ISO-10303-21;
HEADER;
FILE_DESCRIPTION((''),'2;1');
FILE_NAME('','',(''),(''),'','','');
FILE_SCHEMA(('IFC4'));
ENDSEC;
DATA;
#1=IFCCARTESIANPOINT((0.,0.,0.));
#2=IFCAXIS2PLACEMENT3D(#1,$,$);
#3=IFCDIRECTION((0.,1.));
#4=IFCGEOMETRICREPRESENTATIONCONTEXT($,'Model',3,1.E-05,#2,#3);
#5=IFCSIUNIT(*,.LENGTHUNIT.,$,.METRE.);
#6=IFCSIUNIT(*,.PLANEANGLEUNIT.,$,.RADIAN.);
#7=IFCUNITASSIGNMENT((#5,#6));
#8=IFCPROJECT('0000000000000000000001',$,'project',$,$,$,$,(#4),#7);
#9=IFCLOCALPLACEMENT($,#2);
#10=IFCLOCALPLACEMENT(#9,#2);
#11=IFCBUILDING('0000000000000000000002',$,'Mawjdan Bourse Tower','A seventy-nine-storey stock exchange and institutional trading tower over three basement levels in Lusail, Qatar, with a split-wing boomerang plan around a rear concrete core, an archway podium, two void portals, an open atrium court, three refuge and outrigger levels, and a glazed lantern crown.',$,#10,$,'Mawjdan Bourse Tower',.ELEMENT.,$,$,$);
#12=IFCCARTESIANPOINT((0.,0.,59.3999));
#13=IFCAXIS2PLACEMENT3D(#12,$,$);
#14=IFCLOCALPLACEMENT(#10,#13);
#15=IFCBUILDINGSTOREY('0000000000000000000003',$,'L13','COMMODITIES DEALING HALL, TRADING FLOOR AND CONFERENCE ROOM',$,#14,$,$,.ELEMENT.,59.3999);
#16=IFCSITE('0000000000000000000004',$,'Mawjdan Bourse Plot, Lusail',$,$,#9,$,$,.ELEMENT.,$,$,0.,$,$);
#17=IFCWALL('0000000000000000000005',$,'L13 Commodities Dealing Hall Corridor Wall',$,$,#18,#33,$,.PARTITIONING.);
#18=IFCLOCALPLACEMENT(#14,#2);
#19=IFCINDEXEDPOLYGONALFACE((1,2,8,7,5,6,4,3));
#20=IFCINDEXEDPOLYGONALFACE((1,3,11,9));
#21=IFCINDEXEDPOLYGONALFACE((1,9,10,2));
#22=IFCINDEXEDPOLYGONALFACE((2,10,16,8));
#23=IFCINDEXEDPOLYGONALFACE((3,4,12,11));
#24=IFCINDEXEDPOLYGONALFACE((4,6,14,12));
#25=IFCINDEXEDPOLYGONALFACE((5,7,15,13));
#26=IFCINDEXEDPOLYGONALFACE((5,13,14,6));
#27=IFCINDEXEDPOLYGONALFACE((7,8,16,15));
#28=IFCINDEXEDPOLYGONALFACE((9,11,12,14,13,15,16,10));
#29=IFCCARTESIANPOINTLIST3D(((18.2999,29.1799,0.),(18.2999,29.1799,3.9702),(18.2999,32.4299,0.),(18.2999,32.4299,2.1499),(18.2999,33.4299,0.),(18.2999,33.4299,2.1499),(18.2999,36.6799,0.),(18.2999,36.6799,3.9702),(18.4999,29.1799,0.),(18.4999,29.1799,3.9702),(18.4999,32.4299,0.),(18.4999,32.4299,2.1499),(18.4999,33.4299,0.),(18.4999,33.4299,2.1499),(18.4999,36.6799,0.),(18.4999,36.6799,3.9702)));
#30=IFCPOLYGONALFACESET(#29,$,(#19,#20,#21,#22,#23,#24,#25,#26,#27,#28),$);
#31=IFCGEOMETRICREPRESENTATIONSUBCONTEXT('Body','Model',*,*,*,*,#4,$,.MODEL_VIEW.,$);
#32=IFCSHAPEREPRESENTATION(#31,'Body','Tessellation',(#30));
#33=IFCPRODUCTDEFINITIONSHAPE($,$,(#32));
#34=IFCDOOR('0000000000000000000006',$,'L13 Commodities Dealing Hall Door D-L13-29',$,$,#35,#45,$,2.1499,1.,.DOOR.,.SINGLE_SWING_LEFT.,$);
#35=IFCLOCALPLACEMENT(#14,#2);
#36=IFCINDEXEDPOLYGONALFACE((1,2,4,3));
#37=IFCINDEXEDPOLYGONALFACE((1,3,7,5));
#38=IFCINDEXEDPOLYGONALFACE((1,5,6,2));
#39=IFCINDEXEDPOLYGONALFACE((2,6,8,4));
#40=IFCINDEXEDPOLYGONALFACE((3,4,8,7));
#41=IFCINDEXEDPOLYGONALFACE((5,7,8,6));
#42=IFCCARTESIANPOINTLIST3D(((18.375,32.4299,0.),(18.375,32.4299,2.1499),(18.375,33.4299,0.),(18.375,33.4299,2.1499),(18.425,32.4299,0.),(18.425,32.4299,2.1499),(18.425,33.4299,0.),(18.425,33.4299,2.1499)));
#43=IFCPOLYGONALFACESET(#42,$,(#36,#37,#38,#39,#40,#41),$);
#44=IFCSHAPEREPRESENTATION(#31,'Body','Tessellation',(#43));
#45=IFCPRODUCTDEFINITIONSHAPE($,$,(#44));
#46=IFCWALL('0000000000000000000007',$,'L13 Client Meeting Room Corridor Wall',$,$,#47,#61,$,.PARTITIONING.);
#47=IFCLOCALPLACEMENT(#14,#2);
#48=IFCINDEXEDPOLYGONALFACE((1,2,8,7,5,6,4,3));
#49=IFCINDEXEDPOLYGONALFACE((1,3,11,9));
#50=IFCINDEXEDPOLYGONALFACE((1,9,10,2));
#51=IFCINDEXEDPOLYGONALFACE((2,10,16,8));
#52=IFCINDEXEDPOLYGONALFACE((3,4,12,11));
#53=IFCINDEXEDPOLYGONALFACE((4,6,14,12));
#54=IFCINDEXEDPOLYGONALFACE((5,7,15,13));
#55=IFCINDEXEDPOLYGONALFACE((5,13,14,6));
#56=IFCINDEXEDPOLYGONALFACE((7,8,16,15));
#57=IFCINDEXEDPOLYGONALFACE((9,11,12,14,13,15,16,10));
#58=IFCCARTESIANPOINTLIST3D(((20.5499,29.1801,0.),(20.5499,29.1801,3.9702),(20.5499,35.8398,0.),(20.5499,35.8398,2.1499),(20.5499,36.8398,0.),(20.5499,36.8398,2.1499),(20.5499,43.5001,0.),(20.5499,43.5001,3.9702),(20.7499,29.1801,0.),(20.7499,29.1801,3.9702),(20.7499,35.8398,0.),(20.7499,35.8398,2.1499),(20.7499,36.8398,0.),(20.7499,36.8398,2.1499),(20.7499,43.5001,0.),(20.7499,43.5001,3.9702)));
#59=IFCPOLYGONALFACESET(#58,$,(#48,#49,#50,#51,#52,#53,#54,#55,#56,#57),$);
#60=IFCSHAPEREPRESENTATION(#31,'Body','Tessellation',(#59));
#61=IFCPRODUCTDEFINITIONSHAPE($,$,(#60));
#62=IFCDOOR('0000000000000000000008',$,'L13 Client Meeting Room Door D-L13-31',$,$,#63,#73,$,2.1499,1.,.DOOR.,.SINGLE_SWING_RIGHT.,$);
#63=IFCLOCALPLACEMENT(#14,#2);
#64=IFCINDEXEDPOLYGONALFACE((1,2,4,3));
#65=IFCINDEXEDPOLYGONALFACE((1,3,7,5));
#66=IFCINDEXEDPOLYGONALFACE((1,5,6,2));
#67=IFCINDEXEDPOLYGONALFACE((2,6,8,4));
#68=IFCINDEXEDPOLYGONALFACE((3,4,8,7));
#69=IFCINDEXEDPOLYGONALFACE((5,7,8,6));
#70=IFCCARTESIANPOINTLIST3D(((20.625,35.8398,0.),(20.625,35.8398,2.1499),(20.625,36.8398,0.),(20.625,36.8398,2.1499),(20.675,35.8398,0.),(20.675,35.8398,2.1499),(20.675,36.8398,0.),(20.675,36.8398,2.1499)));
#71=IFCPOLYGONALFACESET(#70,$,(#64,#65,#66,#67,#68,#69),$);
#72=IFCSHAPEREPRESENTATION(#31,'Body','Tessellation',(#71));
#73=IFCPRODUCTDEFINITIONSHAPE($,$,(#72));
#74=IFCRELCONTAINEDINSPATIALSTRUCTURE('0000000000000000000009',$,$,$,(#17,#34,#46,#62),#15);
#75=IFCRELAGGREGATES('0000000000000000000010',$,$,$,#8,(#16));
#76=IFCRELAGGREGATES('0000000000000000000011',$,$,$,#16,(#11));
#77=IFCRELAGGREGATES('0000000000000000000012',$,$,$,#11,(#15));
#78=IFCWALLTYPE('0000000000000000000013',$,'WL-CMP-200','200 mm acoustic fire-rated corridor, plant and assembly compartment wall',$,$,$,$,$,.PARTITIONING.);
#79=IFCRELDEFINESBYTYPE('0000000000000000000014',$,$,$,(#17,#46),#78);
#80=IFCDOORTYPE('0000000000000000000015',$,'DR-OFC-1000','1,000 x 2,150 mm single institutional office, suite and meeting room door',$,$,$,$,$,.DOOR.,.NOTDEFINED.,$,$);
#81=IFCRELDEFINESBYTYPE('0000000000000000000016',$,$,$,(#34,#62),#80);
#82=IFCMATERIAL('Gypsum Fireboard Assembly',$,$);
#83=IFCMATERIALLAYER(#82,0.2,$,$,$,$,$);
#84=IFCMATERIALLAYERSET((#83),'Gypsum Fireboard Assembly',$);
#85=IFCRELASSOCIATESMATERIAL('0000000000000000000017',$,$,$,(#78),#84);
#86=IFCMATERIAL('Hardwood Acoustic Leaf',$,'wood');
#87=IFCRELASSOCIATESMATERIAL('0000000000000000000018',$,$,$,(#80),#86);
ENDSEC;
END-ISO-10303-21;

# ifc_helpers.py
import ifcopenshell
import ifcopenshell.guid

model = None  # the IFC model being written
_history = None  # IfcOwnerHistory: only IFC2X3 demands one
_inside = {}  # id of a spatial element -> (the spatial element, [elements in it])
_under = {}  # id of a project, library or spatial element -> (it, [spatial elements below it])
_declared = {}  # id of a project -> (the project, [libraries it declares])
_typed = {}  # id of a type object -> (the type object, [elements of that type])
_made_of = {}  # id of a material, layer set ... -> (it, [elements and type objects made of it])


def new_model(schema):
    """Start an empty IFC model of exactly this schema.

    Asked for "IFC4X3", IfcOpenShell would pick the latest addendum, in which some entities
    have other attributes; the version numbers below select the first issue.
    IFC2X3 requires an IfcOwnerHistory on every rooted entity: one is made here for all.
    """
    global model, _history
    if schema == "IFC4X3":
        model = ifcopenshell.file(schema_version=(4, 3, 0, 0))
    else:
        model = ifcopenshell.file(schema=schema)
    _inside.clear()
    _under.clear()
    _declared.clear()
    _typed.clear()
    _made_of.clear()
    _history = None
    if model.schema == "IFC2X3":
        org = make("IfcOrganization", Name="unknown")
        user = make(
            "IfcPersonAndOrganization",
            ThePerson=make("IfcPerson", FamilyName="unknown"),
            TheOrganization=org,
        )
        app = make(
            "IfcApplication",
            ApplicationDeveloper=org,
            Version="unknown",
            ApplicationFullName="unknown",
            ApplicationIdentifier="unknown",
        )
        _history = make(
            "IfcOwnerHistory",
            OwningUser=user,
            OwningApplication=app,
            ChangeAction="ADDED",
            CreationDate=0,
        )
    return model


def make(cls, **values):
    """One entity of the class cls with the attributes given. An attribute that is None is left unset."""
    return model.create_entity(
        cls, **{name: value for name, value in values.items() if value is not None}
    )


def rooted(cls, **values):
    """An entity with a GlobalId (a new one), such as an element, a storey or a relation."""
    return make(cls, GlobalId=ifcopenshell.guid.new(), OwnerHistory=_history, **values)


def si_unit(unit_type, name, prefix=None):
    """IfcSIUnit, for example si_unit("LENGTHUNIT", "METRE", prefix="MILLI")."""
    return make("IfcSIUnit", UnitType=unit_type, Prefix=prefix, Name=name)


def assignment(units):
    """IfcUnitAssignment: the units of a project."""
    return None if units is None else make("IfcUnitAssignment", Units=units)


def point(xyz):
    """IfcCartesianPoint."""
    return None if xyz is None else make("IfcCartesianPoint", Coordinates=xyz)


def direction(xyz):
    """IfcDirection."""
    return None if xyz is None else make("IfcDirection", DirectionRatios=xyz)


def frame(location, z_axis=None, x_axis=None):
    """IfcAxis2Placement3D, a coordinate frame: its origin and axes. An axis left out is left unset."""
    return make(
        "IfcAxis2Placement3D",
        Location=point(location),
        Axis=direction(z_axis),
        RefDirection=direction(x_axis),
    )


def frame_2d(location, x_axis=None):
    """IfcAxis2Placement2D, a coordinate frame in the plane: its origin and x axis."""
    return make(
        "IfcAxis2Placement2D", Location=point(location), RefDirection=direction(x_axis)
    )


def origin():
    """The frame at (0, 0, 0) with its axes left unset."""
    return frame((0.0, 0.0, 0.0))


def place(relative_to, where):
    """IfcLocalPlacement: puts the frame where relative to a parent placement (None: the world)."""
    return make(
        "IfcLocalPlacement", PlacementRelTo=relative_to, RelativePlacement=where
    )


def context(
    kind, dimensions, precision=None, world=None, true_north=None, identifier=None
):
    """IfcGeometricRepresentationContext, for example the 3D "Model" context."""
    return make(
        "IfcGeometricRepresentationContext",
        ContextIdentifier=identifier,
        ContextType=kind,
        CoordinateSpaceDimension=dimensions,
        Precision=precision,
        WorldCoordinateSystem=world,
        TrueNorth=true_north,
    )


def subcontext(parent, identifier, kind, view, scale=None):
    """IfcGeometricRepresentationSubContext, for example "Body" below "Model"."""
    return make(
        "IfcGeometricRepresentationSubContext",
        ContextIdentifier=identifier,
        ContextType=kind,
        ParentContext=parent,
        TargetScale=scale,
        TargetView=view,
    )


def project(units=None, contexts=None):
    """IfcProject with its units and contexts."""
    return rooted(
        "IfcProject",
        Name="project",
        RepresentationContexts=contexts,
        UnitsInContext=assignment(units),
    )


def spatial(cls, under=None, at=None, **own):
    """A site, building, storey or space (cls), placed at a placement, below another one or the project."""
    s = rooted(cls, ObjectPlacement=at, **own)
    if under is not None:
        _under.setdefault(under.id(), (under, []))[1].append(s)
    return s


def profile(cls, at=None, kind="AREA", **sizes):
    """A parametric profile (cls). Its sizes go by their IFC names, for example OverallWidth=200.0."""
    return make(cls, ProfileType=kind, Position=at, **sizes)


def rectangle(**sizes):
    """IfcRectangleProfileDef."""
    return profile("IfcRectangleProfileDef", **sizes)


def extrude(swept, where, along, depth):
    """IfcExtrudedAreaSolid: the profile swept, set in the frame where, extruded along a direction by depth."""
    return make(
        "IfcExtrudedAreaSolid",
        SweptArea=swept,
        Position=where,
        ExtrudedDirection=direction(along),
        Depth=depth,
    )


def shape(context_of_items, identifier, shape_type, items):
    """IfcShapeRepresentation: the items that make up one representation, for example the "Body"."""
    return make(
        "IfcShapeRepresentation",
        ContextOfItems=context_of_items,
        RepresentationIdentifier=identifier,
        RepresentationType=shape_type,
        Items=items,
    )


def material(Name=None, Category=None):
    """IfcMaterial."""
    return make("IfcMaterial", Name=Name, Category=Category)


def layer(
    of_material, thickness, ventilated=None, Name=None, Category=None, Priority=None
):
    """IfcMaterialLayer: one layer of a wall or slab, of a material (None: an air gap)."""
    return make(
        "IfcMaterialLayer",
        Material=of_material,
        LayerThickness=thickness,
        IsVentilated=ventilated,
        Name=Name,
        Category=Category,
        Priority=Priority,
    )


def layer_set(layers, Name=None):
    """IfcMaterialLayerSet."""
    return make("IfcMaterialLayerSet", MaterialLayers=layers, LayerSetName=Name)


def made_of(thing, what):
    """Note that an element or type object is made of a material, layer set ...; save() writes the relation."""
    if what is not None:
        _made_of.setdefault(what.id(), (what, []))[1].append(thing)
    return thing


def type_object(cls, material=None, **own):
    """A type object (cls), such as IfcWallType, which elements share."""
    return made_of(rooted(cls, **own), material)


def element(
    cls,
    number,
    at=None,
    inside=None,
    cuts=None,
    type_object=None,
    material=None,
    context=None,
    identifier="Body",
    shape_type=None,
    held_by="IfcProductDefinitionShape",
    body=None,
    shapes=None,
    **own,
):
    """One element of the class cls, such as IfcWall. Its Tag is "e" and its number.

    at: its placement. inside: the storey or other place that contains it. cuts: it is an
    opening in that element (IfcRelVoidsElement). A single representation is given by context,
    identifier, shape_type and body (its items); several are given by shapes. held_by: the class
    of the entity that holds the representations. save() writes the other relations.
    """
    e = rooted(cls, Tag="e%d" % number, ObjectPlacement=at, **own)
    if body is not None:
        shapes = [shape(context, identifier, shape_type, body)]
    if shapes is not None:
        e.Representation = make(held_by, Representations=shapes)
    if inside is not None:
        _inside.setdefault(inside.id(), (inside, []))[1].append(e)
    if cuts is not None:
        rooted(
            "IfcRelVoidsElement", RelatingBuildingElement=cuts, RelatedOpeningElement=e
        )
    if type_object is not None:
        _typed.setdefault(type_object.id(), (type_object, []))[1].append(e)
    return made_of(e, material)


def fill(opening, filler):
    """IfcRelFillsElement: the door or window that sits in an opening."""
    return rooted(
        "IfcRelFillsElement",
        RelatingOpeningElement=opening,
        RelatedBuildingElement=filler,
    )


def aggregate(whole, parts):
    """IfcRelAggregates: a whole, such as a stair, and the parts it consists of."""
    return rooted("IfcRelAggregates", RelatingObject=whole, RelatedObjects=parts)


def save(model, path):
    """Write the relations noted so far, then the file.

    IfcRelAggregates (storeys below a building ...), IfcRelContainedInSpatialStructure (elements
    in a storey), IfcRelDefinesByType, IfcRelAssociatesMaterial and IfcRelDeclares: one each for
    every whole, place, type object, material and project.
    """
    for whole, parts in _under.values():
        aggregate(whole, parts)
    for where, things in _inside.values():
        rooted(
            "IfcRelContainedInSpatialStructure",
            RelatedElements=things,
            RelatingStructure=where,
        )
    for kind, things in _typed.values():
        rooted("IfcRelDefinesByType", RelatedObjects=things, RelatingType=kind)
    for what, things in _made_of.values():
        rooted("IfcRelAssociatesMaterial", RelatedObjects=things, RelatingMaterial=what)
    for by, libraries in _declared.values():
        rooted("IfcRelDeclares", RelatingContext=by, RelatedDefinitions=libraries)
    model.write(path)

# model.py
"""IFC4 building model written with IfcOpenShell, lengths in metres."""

from ifc_helpers import new_model, si_unit, direction, frame, frame_2d, origin, place, context, subcontext, project, spatial, rectangle, extrude, material, layer, layer_set, type_object, element, fill, save


model = new_model("IFC4")

# Units and contexts
model_context = context("Model", 3, precision=1e-05, world=origin(), true_north=direction((0.0, 1.0)))
body_context = subcontext(model_context, "Body", "Model", "MODEL_VIEW")
ifc_project = project(units=[si_unit("LENGTHUNIT", "METRE"), si_unit("PLANEANGLEUNIT", "RADIAN")], contexts=[model_context])

# Site, building, storey
site_placement = place(None, origin())
site = spatial("IfcSite", under=ifc_project, at=site_placement, Name="Mawjdan Bourse Plot, Lusail", CompositionType="ELEMENT", RefElevation=0.0)
building_placement = place(site_placement, origin())
building = spatial("IfcBuilding", under=site, at=building_placement, Name="Mawjdan Bourse Tower", Description="A seventy-nine-storey stock exchange and institutional trading tower over three basement levels in Lusail, Qatar, with a split-wing boomerang plan around a rear concrete core, an archway podium, two void portals, an open atrium court, three refuge and outrigger levels, and a glazed lantern crown.", LongName="Mawjdan Bourse Tower", CompositionType="ELEMENT")
storey_placement = place(building_placement, frame((0.0, 0.0, 59.3999)))
storey = spatial("IfcBuildingStorey", under=building, at=storey_placement, Name="L13", Description="COMMODITIES DEALING HALL, TRADING FLOOR AND CONFERENCE ROOM", CompositionType="ELEMENT", Elevation=59.3999)

# Shared definitions
ifc_material_1 = material(Name="Gypsum Fireboard Assembly")
ifc_layer = layer(ifc_material_1, 0.2)
ifc_layer_set = layer_set([ifc_layer], Name="Gypsum Fireboard Assembly")
wall_type = type_object("IfcWallType", Name="WL-CMP-200", Description="200 mm acoustic fire-rated corridor, plant and assembly compartment wall", PredefinedType="PARTITIONING", material=ifc_layer_set)
ifc_material_2 = material(Name="Hardwood Acoustic Leaf", Category="wood")
door_type = type_object("IfcDoorType", Name="DR-OFC-1000", Description="1,000 x 2,150 mm single institutional office, suite and meeting room door", OperationType="NOTDEFINED", PredefinedType="DOOR", material=ifc_material_2)

# Walls, openings, doors
wall_1_placement = place(storey_placement, frame((18.3999, 29.1799, 0.0), z_axis=(0.0, 0.0, 1.0), x_axis=(0.0, 1.0, 0.0)))
wall_1 = element("IfcWall", 1, at=wall_1_placement, inside=storey, type_object=wall_type, Name="L13 Commodities Dealing Hall Corridor Wall", PredefinedType="PARTITIONING", context=body_context, shape_type="SweptSolid", body=[
    extrude(rectangle(XDim=7.5, YDim=0.2, at=frame_2d((3.75, 0.0))), origin(), (0.0, 0.0, 1.0), 3.9702),
])
opening_1_placement = place(wall_1_placement, frame((3.25, 0.0, 0.0)))
opening_1 = element("IfcOpeningElement", 2, at=opening_1_placement, cuts=wall_1, PredefinedType="OPENING", context=body_context, shape_type="SweptSolid", body=[
    extrude(rectangle(XDim=1.0, YDim=2.1499, at=frame_2d((0.5, 1.075))), frame((0.0, 0.1099, 0.0), z_axis=(0.0, -1.0, 0.0), x_axis=(1.0, 0.0, 0.0)), (0.0, 0.0, 1.0), 0.22),
])
door_1_placement = place(opening_1_placement, origin())
door_1 = element("IfcDoor", 3, at=door_1_placement, inside=storey, type_object=door_type, Name="L13 Commodities Dealing Hall Door D-L13-29", OperationType="SINGLE_SWING_LEFT", OverallHeight=2.1499, OverallWidth=1.0, PredefinedType="DOOR", context=body_context, shape_type="SweptSolid", body=[
    extrude(rectangle(XDim=1.0, YDim=2.1499, at=frame_2d((0.5, 1.075))), frame((0.0, 0.0249, 0.0), z_axis=(0.0, -1.0, 0.0), x_axis=(1.0, 0.0, 0.0)), (0.0, 0.0, 1.0), 0.05),
])
fill(opening_1, door_1)
wall_2_placement = place(storey_placement, frame((20.6499, 29.1799, 0.0), z_axis=(0.0, 0.0, 1.0), x_axis=(0.0, 1.0, 0.0)))
wall_2 = element("IfcWall", 4, at=wall_2_placement, inside=storey, type_object=wall_type, Name="L13 Client Meeting Room Corridor Wall", PredefinedType="PARTITIONING", context=body_context, shape_type="SweptSolid", body=[
    extrude(rectangle(XDim=14.3201, YDim=0.2, at=frame_2d((7.1602, 0.0))), origin(), (0.0, 0.0, 1.0), 3.9702),
])
opening_2_placement = place(wall_2_placement, frame((6.6599, 0.0, 0.0)))
opening_2 = element("IfcOpeningElement", 5, at=opening_2_placement, cuts=wall_2, PredefinedType="OPENING", context=body_context, shape_type="SweptSolid", body=[
    extrude(rectangle(XDim=1.0, YDim=2.1499, at=frame_2d((0.5, 1.075))), frame((0.0, 0.1099, 0.0), z_axis=(0.0, -1.0, 0.0), x_axis=(1.0, 0.0, 0.0)), (0.0, 0.0, 1.0), 0.22),
])
door_2_placement = place(opening_2_placement, origin())
door_2 = element("IfcDoor", 6, at=door_2_placement, inside=storey, type_object=door_type, Name="L13 Client Meeting Room Door D-L13-31", OperationType="SINGLE_SWING_RIGHT", OverallHeight=2.1499, OverallWidth=1.0, PredefinedType="DOOR", context=body_context, shape_type="SweptSolid", body=[
    extrude(rectangle(XDim=1.0, YDim=2.1499, at=frame_2d((0.5, 1.075))), frame((0.0, 0.0249, 0.0), z_axis=(0.0, -1.0, 0.0), x_axis=(1.0, 0.0, 0.0)), (0.0, 0.0, 1.0), 0.05),
])
fill(opening_2, door_2)

save(model, "model.ifc")
